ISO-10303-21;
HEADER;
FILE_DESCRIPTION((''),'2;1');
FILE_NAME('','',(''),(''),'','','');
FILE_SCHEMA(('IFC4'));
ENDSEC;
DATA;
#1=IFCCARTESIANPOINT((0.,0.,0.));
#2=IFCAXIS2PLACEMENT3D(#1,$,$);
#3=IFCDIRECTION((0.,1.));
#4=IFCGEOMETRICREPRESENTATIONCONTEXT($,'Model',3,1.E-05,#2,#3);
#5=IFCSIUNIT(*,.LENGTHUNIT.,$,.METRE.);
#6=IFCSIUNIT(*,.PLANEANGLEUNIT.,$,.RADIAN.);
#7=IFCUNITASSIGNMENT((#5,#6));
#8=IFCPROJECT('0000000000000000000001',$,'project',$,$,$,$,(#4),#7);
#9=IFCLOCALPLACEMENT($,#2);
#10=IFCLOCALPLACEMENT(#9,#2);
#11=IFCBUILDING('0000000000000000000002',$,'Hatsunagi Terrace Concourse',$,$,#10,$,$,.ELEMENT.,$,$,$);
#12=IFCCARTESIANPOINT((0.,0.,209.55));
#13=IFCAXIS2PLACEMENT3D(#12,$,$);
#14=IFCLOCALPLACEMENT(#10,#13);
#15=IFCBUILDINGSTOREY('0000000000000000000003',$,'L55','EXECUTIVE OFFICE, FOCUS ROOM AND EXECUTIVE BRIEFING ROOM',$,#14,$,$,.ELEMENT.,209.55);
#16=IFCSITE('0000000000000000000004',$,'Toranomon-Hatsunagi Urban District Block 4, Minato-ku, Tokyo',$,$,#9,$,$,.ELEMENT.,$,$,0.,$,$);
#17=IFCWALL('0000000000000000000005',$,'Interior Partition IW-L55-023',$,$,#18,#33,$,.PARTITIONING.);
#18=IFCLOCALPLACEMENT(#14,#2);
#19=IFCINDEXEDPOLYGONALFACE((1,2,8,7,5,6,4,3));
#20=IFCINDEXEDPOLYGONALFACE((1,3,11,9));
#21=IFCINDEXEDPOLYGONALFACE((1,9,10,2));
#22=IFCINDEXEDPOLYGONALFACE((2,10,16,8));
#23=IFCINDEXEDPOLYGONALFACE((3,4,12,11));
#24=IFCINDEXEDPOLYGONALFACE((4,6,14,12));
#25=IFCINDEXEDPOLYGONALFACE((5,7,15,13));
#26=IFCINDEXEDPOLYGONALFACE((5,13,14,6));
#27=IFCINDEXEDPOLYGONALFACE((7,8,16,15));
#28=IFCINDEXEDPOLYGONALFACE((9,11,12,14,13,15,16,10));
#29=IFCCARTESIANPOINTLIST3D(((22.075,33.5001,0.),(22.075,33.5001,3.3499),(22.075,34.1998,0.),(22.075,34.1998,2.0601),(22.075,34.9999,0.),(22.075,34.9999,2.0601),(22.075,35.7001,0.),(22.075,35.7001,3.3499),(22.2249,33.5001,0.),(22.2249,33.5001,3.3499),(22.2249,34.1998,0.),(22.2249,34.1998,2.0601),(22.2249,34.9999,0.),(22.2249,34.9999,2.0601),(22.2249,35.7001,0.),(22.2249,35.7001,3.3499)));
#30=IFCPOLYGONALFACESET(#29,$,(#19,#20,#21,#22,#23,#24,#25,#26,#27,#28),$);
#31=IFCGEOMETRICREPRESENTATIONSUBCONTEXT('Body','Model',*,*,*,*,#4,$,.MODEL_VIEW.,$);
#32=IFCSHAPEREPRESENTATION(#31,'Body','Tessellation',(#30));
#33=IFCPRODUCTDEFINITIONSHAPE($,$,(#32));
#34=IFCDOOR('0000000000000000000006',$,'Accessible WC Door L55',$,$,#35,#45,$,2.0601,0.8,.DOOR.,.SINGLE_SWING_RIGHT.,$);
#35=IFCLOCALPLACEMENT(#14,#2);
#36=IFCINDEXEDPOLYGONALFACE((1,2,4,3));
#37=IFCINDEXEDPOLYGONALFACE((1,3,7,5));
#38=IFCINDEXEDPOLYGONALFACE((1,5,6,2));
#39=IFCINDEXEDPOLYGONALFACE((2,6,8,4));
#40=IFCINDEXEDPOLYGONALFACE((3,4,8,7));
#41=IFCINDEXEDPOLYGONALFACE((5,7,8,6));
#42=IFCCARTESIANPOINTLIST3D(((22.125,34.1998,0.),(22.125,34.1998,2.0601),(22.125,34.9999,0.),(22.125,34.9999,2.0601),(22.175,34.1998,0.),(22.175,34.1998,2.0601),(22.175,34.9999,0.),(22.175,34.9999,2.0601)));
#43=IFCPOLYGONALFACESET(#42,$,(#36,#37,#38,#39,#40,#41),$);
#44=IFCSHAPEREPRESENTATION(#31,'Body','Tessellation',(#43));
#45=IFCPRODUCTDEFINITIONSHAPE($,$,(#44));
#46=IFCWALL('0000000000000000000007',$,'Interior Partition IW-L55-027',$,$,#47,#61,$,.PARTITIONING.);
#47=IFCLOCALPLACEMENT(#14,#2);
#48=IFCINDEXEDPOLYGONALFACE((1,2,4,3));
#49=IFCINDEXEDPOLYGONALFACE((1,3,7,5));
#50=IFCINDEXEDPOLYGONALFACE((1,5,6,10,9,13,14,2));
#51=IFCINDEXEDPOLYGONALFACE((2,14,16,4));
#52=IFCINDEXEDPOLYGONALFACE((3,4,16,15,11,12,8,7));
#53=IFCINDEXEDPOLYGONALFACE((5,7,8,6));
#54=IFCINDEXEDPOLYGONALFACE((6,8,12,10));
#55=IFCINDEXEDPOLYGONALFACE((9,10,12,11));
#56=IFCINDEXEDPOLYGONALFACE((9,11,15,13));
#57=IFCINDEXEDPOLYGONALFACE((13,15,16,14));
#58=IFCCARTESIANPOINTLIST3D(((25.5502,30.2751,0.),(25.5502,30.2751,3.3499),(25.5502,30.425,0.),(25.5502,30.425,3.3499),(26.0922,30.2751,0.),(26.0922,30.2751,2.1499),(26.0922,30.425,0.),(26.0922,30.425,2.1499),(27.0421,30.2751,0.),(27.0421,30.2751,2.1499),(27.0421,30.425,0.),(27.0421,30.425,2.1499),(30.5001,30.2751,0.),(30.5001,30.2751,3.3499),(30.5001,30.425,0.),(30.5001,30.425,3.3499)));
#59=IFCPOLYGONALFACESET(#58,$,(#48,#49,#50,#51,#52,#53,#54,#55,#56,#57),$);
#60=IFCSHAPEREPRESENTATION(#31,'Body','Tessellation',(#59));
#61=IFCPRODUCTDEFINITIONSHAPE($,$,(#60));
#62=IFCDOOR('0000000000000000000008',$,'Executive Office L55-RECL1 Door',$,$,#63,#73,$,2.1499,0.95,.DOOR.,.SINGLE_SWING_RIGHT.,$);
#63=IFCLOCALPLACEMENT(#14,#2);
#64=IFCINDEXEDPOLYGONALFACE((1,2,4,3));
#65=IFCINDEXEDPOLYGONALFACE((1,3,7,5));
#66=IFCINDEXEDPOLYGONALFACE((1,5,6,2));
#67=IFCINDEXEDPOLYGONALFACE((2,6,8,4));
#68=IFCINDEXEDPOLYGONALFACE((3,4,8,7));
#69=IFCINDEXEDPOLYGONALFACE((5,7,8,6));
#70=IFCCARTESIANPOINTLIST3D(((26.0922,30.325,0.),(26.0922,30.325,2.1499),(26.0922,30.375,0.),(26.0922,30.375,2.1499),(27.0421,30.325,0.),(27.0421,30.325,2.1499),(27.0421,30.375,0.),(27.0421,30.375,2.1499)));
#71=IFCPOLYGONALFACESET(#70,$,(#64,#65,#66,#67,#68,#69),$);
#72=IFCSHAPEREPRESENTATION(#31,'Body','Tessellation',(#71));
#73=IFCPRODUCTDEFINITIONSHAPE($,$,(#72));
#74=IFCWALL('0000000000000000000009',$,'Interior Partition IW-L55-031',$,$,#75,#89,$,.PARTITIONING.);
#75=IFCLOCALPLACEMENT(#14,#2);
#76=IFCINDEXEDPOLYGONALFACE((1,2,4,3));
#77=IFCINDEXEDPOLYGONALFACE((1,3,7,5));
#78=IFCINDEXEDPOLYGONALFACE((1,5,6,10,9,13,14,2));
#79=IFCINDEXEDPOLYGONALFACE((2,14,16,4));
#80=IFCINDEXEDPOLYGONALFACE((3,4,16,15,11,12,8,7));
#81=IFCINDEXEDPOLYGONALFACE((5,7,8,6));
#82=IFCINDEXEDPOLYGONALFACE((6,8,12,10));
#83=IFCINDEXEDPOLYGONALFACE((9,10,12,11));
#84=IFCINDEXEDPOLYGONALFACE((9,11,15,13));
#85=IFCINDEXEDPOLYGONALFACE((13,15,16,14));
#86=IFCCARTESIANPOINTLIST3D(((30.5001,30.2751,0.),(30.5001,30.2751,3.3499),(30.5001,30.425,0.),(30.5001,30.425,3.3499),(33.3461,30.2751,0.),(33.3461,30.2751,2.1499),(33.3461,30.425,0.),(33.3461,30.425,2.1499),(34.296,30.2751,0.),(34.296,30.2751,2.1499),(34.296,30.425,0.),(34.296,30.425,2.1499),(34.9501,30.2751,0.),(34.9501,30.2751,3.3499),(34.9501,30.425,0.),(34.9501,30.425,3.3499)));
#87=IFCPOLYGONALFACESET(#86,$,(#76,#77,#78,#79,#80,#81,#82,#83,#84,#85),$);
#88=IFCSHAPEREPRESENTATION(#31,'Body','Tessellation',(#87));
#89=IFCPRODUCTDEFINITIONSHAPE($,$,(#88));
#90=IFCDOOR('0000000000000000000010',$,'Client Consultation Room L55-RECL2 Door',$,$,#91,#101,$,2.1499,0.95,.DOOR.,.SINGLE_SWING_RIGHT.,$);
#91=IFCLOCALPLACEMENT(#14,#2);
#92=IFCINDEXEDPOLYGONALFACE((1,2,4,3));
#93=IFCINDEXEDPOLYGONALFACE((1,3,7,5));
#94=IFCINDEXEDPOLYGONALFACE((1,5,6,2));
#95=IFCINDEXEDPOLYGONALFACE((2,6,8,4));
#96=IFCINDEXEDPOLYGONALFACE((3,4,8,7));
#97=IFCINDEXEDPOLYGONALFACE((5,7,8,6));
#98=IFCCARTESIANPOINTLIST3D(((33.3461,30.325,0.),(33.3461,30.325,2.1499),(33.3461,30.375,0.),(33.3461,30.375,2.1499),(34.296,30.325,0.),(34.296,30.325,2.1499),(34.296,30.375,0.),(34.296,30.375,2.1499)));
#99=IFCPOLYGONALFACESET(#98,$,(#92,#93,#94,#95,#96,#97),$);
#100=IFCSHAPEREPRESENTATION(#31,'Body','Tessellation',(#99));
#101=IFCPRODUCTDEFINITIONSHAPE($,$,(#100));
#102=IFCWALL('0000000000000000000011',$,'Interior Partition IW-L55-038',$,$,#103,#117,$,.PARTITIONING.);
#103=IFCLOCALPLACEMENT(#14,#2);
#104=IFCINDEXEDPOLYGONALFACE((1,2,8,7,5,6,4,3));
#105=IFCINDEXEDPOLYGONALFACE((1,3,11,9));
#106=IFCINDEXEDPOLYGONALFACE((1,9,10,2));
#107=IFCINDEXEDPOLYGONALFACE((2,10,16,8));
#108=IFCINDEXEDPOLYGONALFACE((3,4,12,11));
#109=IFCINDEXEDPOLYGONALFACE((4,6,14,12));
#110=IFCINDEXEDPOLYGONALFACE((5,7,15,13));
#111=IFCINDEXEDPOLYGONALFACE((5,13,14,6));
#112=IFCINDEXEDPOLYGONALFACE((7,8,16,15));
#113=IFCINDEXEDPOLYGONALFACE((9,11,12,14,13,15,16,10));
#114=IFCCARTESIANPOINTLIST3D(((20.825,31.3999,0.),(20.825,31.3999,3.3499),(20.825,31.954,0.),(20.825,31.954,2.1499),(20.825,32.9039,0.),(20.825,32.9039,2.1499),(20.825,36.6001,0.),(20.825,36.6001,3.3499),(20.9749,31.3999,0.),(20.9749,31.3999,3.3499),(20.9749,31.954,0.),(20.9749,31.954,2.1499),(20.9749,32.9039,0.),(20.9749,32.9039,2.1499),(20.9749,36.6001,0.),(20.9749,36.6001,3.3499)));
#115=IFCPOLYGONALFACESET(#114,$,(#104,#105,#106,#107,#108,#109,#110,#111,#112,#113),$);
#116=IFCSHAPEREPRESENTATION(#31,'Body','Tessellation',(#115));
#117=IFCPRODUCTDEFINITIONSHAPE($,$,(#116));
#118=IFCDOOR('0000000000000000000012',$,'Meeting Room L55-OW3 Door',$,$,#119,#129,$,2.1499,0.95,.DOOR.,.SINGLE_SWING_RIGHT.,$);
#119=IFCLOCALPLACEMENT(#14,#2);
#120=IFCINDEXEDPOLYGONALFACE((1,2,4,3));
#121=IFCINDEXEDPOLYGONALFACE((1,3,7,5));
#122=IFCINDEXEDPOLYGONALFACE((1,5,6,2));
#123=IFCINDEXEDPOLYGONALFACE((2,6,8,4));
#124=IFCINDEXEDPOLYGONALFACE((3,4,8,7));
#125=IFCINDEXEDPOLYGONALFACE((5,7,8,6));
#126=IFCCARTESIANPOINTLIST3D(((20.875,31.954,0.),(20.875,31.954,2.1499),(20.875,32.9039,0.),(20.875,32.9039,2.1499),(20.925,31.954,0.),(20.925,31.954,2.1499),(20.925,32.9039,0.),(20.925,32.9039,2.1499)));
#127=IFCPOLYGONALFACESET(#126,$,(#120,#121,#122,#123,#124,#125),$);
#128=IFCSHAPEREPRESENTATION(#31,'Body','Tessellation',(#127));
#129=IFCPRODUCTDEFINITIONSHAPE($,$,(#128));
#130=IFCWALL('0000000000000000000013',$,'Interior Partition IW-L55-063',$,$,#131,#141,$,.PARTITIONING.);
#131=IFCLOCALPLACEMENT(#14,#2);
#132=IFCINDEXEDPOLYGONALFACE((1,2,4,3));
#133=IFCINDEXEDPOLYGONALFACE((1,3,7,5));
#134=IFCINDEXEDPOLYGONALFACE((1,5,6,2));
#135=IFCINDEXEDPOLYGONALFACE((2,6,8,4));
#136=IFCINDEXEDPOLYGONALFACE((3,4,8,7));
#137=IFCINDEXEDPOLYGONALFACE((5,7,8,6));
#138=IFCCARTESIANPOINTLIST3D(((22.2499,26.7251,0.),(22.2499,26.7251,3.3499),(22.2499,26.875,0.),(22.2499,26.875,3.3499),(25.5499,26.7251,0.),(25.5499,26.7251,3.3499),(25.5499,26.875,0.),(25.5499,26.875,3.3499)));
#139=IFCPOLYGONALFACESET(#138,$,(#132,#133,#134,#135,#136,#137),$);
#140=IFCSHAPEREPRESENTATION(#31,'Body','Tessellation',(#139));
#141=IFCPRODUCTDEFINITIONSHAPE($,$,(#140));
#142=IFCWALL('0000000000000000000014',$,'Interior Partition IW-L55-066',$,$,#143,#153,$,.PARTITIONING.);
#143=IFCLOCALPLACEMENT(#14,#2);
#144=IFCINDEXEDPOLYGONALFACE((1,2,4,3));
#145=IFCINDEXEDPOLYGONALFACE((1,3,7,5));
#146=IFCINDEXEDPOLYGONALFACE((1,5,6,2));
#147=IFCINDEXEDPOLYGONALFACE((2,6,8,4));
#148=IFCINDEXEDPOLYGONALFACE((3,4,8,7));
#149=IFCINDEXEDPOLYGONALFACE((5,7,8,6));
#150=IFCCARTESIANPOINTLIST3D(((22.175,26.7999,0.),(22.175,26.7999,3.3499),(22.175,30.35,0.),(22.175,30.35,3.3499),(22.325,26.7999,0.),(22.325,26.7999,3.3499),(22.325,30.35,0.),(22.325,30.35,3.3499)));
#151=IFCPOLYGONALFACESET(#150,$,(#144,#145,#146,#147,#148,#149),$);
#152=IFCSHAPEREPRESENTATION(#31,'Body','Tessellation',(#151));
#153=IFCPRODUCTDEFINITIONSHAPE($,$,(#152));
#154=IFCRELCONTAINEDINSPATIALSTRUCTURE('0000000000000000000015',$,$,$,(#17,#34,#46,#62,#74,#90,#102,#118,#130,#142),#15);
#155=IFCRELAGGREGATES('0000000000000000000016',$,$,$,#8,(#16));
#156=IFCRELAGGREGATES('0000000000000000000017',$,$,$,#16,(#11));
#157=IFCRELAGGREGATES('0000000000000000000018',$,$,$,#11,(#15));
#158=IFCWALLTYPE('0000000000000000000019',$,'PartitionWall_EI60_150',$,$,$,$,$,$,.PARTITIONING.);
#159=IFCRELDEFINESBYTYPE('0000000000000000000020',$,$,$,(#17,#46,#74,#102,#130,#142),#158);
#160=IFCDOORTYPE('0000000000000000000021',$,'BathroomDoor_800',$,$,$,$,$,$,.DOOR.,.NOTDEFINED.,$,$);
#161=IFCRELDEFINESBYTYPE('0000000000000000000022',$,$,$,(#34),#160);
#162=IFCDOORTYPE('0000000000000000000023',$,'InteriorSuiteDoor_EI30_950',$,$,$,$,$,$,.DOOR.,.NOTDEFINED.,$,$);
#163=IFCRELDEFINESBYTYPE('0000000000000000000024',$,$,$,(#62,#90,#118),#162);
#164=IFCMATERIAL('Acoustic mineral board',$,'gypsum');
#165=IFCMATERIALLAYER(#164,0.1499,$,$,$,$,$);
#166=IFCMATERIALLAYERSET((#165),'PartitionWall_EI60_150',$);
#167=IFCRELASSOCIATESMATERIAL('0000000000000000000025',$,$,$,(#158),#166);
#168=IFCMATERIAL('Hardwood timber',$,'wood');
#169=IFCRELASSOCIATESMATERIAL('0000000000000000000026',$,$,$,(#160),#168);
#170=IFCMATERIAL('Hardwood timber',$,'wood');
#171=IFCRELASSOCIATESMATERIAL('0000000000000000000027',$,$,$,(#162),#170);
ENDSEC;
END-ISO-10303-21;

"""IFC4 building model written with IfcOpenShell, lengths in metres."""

from ifc_helpers import new_model, si_unit, direction, frame, frame_2d, origin, place, context, subcontext, project, spatial, rectangle, extrude, material, layer, layer_set, type_object, element, fill, save


model = new_model("IFC4")

# Units and contexts
model_context = context("Model", 3, precision=1e-05, world=origin(), true_north=direction((0.0, 1.0)))
body_context = subcontext(model_context, "Body", "Model", "MODEL_VIEW")
ifc_project = project(units=[si_unit("LENGTHUNIT", "METRE"), si_unit("PLANEANGLEUNIT", "RADIAN")], contexts=[model_context])

# Site, building, storey
site_placement = place(None, origin())
site = spatial("IfcSite", under=ifc_project, at=site_placement, Name="Toranomon-Hatsunagi Urban District Block 4, Minato-ku, Tokyo", CompositionType="ELEMENT", RefElevation=0.0)
building_placement = place(site_placement, origin())
building = spatial("IfcBuilding", under=site, at=building_placement, Name="Hatsunagi Terrace Concourse", CompositionType="ELEMENT")
storey_placement = place(building_placement, frame((0.0, 0.0, 209.55)))
storey = spatial("IfcBuildingStorey", under=building, at=storey_placement, Name="L55", Description="EXECUTIVE OFFICE, FOCUS ROOM AND EXECUTIVE BRIEFING ROOM", CompositionType="ELEMENT", Elevation=209.55)

# Shared definitions
ifc_material_1 = material(Name="Acoustic mineral board", Category="gypsum")
ifc_layer_1 = layer(ifc_material_1, 0.1499)
ifc_layer_set_1 = layer_set([ifc_layer_1], Name="PartitionWall_EI60_150")
wall_type_1 = type_object("IfcWallType", Name="PartitionWall_EI60_150", PredefinedType="PARTITIONING", material=ifc_layer_set_1)

# Walls, openings, doors
wall_1_placement = place(storey_placement, frame((22.1499, 33.5, 0.0), z_axis=(0.0, 0.0, 1.0), x_axis=(0.0, 1.0, 0.0)))
wall_1 = element("IfcWall", 1, at=wall_1_placement, inside=storey, type_object=wall_type_1, Name="Interior Partition IW-L55-023", PredefinedType="PARTITIONING", context=body_context, shape_type="SweptSolid", body=[
    extrude(rectangle(XDim=2.2, YDim=0.1499, at=frame_2d((1.1001, 0.0))), origin(), (0.0, 0.0, 1.0), 3.3499),
])
opening_1_placement = place(wall_1_placement, frame((0.7, 0.0, 0.0)))
opening_1 = element("IfcOpeningElement", 2, at=opening_1_placement, cuts=wall_1, PredefinedType="OPENING", context=body_context, shape_type="SweptSolid", body=[
    extrude(rectangle(XDim=0.8, YDim=2.0601, at=frame_2d((0.3999, 1.03))), frame((0.0, 0.085, 0.0), z_axis=(0.0, -1.0, 0.0), x_axis=(1.0, 0.0, 0.0)), (0.0, 0.0, 1.0), 0.1699),
])
ifc_material_2 = material(Name="Hardwood timber", Category="wood")
door_type_1 = type_object("IfcDoorType", Name="BathroomDoor_800", OperationType="NOTDEFINED", PredefinedType="DOOR", material=ifc_material_2)
door_1_placement = place(opening_1_placement, origin())
door_1 = element("IfcDoor", 3, at=door_1_placement, inside=storey, type_object=door_type_1, Name="Accessible WC Door L55", OperationType="SINGLE_SWING_RIGHT", OverallHeight=2.0601, OverallWidth=0.8, PredefinedType="DOOR", context=body_context, shape_type="SweptSolid", body=[
    extrude(rectangle(XDim=0.8, YDim=2.0601, at=frame_2d((0.3999, 1.03))), frame((0.0, 0.0249, 0.0), z_axis=(0.0, -1.0, 0.0), x_axis=(1.0, 0.0, 0.0)), (0.0, 0.0, 1.0), 0.05),
])
fill(opening_1, door_1)
wall_2_placement = place(storey_placement, frame((25.55, 30.3501, 0.0), z_axis=(0.0, 0.0, 1.0), x_axis=(1.0, 0.0, 0.0)))
wall_2 = element("IfcWall", 4, at=wall_2_placement, inside=storey, type_object=wall_type_1, Name="Interior Partition IW-L55-027", PredefinedType="PARTITIONING", context=body_context, shape_type="SweptSolid", body=[
    extrude(rectangle(XDim=4.95, YDim=0.1499, at=frame_2d((2.4751, 0.0))), origin(), (0.0, 0.0, 1.0), 3.3499),
])
opening_2_placement = place(wall_2_placement, frame((0.542, 0.0, 0.0)))
opening_2 = element("IfcOpeningElement", 5, at=opening_2_placement, cuts=wall_2, PredefinedType="OPENING", context=body_context, shape_type="SweptSolid", body=[
    extrude(rectangle(XDim=0.95, YDim=2.1499, at=frame_2d((0.4751, 1.075))), frame((0.0, 0.085, 0.0), z_axis=(0.0, -1.0, 0.0), x_axis=(1.0, 0.0, 0.0)), (0.0, 0.0, 1.0), 0.1699),
])
ifc_material_3 = material(Name="Hardwood timber", Category="wood")
door_type_2 = type_object("IfcDoorType", Name="InteriorSuiteDoor_EI30_950", OperationType="NOTDEFINED", PredefinedType="DOOR", material=ifc_material_3)
door_2_placement = place(opening_2_placement, origin())
door_2 = element("IfcDoor", 6, at=door_2_placement, inside=storey, type_object=door_type_2, Name="Executive Office L55-RECL1 Door", OperationType="SINGLE_SWING_RIGHT", OverallHeight=2.1499, OverallWidth=0.95, PredefinedType="DOOR", context=body_context, shape_type="SweptSolid", body=[
    extrude(rectangle(XDim=0.95, YDim=2.1499, at=frame_2d((0.4751, 1.075))), frame((0.0, 0.0249, 0.0), z_axis=(0.0, -1.0, 0.0), x_axis=(1.0, 0.0, 0.0)), (0.0, 0.0, 1.0), 0.05),
])
fill(opening_2, door_2)
wall_3_placement = place(storey_placement, frame((30.5, 30.3501, 0.0), z_axis=(0.0, 0.0, 1.0), x_axis=(1.0, 0.0, 0.0)))
wall_3 = element("IfcWall", 7, at=wall_3_placement, inside=storey, type_object=wall_type_1, Name="Interior Partition IW-L55-031", PredefinedType="PARTITIONING", context=body_context, shape_type="SweptSolid", body=[
    extrude(rectangle(XDim=4.45, YDim=0.1499, at=frame_2d((2.2251, 0.0))), origin(), (0.0, 0.0, 1.0), 3.3499),
])
opening_3_placement = place(wall_3_placement, frame((2.8459, 0.0, 0.0)))
opening_3 = element("IfcOpeningElement", 8, at=opening_3_placement, cuts=wall_3, PredefinedType="OPENING", context=body_context, shape_type="SweptSolid", body=[
    extrude(rectangle(XDim=0.95, YDim=2.1499, at=frame_2d((0.4751, 1.075))), frame((0.0, 0.085, 0.0), z_axis=(0.0, -1.0, 0.0), x_axis=(1.0, 0.0, 0.0)), (0.0, 0.0, 1.0), 0.1699),
])
door_3_placement = place(opening_3_placement, origin())
door_3 = element("IfcDoor", 9, at=door_3_placement, inside=storey, type_object=door_type_2, Name="Client Consultation Room L55-RECL2 Door", OperationType="SINGLE_SWING_RIGHT", OverallHeight=2.1499, OverallWidth=0.95, PredefinedType="DOOR", context=body_context, shape_type="SweptSolid", body=[
    extrude(rectangle(XDim=0.95, YDim=2.1499, at=frame_2d((0.4751, 1.075))), frame((0.0, 0.0249, 0.0), z_axis=(0.0, -1.0, 0.0), x_axis=(1.0, 0.0, 0.0)), (0.0, 0.0, 1.0), 0.05),
])
fill(opening_3, door_3)
wall_4_placement = place(storey_placement, frame((20.8999, 31.3999, 0.0), z_axis=(0.0, 0.0, 1.0), x_axis=(0.0, 1.0, 0.0)))
wall_4 = element("IfcWall", 10, at=wall_4_placement, inside=storey, type_object=wall_type_1, Name="Interior Partition IW-L55-038", PredefinedType="PARTITIONING", context=body_context, shape_type="SweptSolid", body=[
    extrude(rectangle(XDim=5.2002, YDim=0.1499, at=frame_2d((2.6001, 0.0))), origin(), (0.0, 0.0, 1.0), 3.3499),
])
opening_4_placement = place(wall_4_placement, frame((0.554, 0.0, 0.0)))
opening_4 = element("IfcOpeningElement", 11, at=opening_4_placement, cuts=wall_4, PredefinedType="OPENING", context=body_context, shape_type="SweptSolid", body=[
    extrude(rectangle(XDim=0.95, YDim=2.1499, at=frame_2d((0.4751, 1.075))), frame((0.0, 0.085, 0.0), z_axis=(0.0, -1.0, 0.0), x_axis=(1.0, 0.0, 0.0)), (0.0, 0.0, 1.0), 0.1699),
])
door_4_placement = place(opening_4_placement, origin())
door_4 = element("IfcDoor", 12, at=door_4_placement, inside=storey, type_object=door_type_2, Name="Meeting Room L55-OW3 Door", OperationType="SINGLE_SWING_RIGHT", OverallHeight=2.1499, OverallWidth=0.95, PredefinedType="DOOR", context=body_context, shape_type="SweptSolid", body=[
    extrude(rectangle(XDim=0.95, YDim=2.1499, at=frame_2d((0.4751, 1.075))), frame((0.0, 0.0249, 0.0), z_axis=(0.0, -1.0, 0.0), x_axis=(1.0, 0.0, 0.0)), (0.0, 0.0, 1.0), 0.05),
])
fill(opening_4, door_4)

# Wall
wall_5_placement = place(storey_placement, frame((22.25, 26.8, 0.0), z_axis=(0.0, 0.0, 1.0), x_axis=(1.0, 0.0, 0.0)))
element("IfcWall", 13, at=wall_5_placement, inside=storey, type_object=wall_type_1, Name="Interior Partition IW-L55-063", PredefinedType="PARTITIONING", context=body_context, shape_type="SweptSolid", body=[
    extrude(rectangle(XDim=3.3, YDim=0.1499, at=frame_2d((1.6499, 0.0))), origin(), (0.0, 0.0, 1.0), 3.3499),
])

# Wall
wall_6_placement = place(storey_placement, frame((22.25, 26.8, 0.0), z_axis=(0.0, 0.0, 1.0), x_axis=(0.0, 1.0, 0.0)))
element("IfcWall", 14, at=wall_6_placement, inside=storey, type_object=wall_type_1, Name="Interior Partition IW-L55-066", PredefinedType="PARTITIONING", context=body_context, shape_type="SweptSolid", body=[
    extrude(rectangle(XDim=3.55, YDim=0.1499, at=frame_2d((1.7749, 0.0))), origin(), (0.0, 0.0, 1.0), 3.3499),
])

save(model, "model.ifc")
